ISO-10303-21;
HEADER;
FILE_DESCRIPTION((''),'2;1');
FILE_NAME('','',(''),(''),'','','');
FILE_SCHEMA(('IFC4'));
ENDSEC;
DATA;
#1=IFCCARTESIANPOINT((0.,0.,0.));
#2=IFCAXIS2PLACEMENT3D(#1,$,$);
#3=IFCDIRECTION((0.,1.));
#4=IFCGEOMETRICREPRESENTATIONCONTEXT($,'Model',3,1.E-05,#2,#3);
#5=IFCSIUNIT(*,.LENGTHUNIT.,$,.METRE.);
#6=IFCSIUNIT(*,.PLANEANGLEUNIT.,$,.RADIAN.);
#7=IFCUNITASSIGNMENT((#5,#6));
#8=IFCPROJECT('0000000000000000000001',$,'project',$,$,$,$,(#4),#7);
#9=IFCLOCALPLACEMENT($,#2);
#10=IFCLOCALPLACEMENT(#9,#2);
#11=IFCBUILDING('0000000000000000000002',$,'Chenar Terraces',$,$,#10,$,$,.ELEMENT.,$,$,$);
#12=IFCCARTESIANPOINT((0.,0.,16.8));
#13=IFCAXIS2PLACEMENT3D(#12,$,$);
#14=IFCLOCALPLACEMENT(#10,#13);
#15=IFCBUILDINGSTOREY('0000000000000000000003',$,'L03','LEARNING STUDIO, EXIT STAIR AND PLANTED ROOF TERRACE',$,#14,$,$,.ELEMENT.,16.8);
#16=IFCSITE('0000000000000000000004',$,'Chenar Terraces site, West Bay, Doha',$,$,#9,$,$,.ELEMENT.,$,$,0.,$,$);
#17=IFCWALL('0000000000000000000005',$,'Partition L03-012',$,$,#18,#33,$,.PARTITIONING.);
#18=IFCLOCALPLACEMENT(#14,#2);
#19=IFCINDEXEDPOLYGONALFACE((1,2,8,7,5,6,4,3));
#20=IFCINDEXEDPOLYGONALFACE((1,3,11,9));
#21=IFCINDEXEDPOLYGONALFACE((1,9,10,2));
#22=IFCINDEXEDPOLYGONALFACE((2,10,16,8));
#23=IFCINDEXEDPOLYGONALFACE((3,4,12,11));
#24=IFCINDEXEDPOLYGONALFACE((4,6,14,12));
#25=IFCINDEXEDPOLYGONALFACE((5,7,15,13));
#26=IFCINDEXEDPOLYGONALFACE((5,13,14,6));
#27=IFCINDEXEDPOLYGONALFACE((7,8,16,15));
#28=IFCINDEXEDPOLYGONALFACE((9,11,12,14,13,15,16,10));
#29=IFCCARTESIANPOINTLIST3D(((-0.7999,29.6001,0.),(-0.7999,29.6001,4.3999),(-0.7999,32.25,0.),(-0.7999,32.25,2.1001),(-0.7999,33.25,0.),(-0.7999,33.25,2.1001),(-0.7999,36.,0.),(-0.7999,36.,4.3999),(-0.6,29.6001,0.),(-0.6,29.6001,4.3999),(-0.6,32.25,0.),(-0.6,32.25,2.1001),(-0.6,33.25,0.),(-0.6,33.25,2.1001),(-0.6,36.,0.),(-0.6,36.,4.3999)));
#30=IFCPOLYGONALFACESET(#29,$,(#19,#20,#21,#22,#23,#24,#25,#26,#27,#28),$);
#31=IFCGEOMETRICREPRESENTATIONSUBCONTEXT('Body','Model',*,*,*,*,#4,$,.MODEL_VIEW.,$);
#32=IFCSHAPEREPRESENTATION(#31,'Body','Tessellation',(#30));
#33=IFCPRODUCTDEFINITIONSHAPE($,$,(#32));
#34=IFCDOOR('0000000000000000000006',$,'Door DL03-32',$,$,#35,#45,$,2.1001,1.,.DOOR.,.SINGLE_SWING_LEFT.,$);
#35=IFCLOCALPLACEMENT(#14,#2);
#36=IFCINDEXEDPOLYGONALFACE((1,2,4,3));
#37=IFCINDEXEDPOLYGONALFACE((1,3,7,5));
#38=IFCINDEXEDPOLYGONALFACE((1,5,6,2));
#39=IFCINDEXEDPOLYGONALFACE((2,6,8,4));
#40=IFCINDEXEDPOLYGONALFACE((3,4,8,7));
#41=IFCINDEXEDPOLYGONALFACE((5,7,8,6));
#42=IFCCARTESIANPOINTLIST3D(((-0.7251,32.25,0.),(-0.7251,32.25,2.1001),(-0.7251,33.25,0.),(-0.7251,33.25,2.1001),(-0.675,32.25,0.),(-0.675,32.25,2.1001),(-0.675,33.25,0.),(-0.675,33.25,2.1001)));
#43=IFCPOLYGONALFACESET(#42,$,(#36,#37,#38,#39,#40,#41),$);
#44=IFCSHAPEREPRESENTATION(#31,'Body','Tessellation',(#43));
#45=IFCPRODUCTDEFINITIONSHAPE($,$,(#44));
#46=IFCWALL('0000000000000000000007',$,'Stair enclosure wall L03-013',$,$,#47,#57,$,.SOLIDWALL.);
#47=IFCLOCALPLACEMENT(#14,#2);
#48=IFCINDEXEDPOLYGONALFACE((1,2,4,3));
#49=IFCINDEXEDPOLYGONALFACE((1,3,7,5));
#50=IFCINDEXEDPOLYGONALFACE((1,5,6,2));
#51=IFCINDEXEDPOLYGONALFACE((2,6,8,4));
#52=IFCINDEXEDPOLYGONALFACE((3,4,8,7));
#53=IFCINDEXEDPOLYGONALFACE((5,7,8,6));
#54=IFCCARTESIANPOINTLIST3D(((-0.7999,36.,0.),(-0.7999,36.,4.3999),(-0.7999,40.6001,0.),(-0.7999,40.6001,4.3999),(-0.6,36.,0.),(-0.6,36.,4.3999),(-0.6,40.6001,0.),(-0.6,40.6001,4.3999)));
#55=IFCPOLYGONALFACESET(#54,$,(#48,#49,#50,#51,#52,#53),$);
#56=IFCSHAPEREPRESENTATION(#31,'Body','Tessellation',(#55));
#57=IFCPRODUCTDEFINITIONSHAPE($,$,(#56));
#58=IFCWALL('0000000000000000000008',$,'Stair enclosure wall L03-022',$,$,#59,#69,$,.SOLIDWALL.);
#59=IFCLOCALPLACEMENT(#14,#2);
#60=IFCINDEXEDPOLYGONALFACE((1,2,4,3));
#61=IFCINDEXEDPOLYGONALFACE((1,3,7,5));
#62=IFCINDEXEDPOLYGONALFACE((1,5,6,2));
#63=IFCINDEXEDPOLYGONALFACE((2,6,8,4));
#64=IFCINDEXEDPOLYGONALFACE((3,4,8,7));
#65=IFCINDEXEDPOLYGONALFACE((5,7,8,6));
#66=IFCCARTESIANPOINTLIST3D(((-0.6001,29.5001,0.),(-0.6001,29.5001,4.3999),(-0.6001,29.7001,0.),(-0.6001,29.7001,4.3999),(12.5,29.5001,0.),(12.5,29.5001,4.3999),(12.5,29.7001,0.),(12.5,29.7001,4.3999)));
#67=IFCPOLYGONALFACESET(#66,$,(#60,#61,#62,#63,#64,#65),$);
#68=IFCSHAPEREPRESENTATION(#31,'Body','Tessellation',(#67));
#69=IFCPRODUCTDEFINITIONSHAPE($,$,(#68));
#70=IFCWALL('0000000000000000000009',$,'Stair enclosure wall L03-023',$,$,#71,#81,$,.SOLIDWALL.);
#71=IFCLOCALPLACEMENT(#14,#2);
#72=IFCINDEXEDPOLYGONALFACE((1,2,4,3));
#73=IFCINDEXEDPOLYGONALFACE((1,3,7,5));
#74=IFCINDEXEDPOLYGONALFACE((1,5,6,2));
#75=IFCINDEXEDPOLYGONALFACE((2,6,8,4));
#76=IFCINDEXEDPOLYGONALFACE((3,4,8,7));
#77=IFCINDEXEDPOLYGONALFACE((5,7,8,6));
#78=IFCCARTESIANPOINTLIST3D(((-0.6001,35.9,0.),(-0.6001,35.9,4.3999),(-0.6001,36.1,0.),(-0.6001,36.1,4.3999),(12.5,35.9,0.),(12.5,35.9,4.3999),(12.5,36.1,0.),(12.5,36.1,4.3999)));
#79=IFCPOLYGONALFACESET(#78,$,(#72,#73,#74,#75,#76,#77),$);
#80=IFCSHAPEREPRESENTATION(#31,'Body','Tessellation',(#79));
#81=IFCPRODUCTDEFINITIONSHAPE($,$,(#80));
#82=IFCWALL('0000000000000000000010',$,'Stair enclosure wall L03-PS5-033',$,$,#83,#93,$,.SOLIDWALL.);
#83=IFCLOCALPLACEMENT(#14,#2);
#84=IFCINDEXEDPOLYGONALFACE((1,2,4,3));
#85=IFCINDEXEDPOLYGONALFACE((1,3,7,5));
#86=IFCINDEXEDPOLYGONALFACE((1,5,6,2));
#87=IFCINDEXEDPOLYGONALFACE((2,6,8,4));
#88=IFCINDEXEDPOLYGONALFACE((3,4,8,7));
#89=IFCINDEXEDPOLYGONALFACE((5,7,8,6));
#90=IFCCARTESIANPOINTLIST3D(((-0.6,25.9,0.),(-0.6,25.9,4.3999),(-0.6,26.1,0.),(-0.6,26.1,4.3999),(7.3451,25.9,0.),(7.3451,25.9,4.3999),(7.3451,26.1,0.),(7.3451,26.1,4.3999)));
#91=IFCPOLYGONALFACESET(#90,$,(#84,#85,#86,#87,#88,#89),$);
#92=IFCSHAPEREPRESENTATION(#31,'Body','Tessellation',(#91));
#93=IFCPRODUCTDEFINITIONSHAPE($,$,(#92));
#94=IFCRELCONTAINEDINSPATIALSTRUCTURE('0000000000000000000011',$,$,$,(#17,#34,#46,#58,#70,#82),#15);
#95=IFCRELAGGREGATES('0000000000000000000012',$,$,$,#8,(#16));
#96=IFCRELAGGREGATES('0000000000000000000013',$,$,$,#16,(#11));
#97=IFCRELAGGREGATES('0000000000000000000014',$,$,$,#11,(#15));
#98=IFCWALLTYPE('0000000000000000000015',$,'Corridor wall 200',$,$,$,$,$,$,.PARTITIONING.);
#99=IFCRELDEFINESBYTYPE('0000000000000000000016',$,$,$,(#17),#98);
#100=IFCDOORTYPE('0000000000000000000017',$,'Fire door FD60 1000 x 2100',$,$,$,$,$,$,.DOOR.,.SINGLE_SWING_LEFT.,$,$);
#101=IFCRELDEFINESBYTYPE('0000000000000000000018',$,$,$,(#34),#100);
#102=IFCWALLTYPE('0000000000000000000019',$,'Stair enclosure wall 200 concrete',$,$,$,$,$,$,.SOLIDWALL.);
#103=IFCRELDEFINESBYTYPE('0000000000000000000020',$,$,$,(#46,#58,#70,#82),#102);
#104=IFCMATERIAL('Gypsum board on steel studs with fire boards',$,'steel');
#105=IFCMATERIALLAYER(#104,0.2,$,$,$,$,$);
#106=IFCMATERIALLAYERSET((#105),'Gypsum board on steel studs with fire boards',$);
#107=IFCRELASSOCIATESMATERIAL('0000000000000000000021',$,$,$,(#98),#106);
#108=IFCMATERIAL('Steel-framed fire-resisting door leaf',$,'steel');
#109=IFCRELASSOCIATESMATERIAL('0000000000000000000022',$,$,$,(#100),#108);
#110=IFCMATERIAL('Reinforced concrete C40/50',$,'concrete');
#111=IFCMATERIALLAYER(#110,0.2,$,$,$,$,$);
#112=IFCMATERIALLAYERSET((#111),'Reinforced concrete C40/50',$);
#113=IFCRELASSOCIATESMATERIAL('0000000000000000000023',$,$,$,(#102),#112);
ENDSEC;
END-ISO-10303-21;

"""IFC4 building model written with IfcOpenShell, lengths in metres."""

from ifc_helpers import new_model, si_unit, direction, frame, frame_2d, origin, place, context, subcontext, project, spatial, rectangle, extrude, material, layer, layer_set, type_object, element, fill, save


model = new_model("IFC4")

# Units and contexts
model_context = context("Model", 3, precision=1e-05, world=origin(), true_north=direction((0.0, 1.0)))
body_context = subcontext(model_context, "Body", "Model", "MODEL_VIEW")
ifc_project = project(units=[si_unit("LENGTHUNIT", "METRE"), si_unit("PLANEANGLEUNIT", "RADIAN")], contexts=[model_context])

# Site, building, storey
site_placement = place(None, origin())
site = spatial("IfcSite", under=ifc_project, at=site_placement, Name="Chenar Terraces site, West Bay, Doha", CompositionType="ELEMENT", RefElevation=0.0)
building_placement = place(site_placement, origin())
building = spatial("IfcBuilding", under=site, at=building_placement, Name="Chenar Terraces", CompositionType="ELEMENT")
storey_placement = place(building_placement, frame((0.0, 0.0, 16.8)))
storey = spatial("IfcBuildingStorey", under=building, at=storey_placement, Name="L03", Description="LEARNING STUDIO, EXIT STAIR AND PLANTED ROOF TERRACE", CompositionType="ELEMENT", Elevation=16.8)

# Wall, opening, door
ifc_material_1 = material(Name="Gypsum board on steel studs with fire boards", Category="steel")
ifc_layer_1 = layer(ifc_material_1, 0.2)
ifc_layer_set_1 = layer_set([ifc_layer_1], Name="Gypsum board on steel studs with fire boards")
wall_type_1 = type_object("IfcWallType", Name="Corridor wall 200", PredefinedType="PARTITIONING", material=ifc_layer_set_1)
wall_1_placement = place(storey_placement, frame((-0.7, 29.6001, 0.0), z_axis=(0.0, 0.0, 1.0), x_axis=(0.0, 1.0, 0.0)))
wall_1 = element("IfcWall", 1, at=wall_1_placement, inside=storey, type_object=wall_type_1, Name="Partition L03-012", PredefinedType="PARTITIONING", context=body_context, shape_type="SweptSolid", body=[
    extrude(rectangle(XDim=6.3999, YDim=0.2, at=frame_2d((3.2, 0.0))), origin(), (0.0, 0.0, 1.0), 4.3999),
])
opening_1_placement = place(wall_1_placement, frame((2.6499, 0.0, 0.0)))
opening_1 = element("IfcOpeningElement", 2, at=opening_1_placement, cuts=wall_1, PredefinedType="OPENING", context=body_context, shape_type="SweptSolid", body=[
    extrude(rectangle(XDim=1.0, YDim=2.1001, at=frame_2d((0.5, 1.05))), frame((0.0, 0.1099, 0.0), z_axis=(0.0, -1.0, 0.0), x_axis=(1.0, 0.0, 0.0)), (0.0, 0.0, 1.0), 0.22),
])
ifc_material_2 = material(Name="Steel-framed fire-resisting door leaf", Category="steel")
door_type_1 = type_object("IfcDoorType", Name="Fire door FD60 1000 x 2100", OperationType="SINGLE_SWING_LEFT", PredefinedType="DOOR", material=ifc_material_2)
door_1_placement = place(opening_1_placement, frame((1.0, 0.0, 0.0), z_axis=(0.0, 0.0, 1.0), x_axis=(-1.0, 0.0, 0.0)))
door_1 = element("IfcDoor", 3, at=door_1_placement, inside=storey, type_object=door_type_1, Name="Door DL03-32", OperationType="SINGLE_SWING_LEFT", OverallHeight=2.1001, OverallWidth=1.0, PredefinedType="DOOR", context=body_context, shape_type="SweptSolid", body=[
    extrude(rectangle(XDim=1.0, YDim=2.1001, at=frame_2d((0.5, 1.05))), frame((0.0, 0.0249, 0.0), z_axis=(0.0, -1.0, 0.0), x_axis=(1.0, 0.0, 0.0)), (0.0, 0.0, 1.0), 0.05),
])
fill(opening_1, door_1)

# Walls
ifc_material_3 = material(Name="Reinforced concrete C40/50", Category="concrete")
ifc_layer_2 = layer(ifc_material_3, 0.2)
ifc_layer_set_2 = layer_set([ifc_layer_2], Name="Reinforced concrete C40/50")
wall_type_2 = type_object("IfcWallType", Name="Stair enclosure wall 200 concrete", PredefinedType="SOLIDWALL", material=ifc_layer_set_2)
wall_2_placement = place(storey_placement, frame((-0.7, 36.0, 0.0), z_axis=(0.0, 0.0, 1.0), x_axis=(0.0, 1.0, 0.0)))
element("IfcWall", 4, at=wall_2_placement, inside=storey, type_object=wall_type_2, Name="Stair enclosure wall L03-013", PredefinedType="SOLIDWALL", context=body_context, shape_type="SweptSolid", body=[
    extrude(rectangle(XDim=4.6001, YDim=0.2, at=frame_2d((2.3, 0.0))), origin(), (0.0, 0.0, 1.0), 4.3999),
])
for number, where, z_axis, x_axis, name in (
    (5, (-0.6001, 29.6001, 0.0), (0.0, 0.0, 1.0), (1.0, 0.0, 0.0), "Stair enclosure wall L03-022"),
    (6, (-0.6001, 36.0, 0.0), (0.0, 0.0, 1.0), (1.0, 0.0, 0.0), "Stair enclosure wall L03-023"),
):
    element("IfcWall", number, at=place(storey_placement, frame(where, z_axis=z_axis, x_axis=x_axis)), inside=storey, type_object=wall_type_2, Name=name, PredefinedType="SOLIDWALL", context=body_context, shape_type="SweptSolid", body=[
        extrude(rectangle(XDim=13.1001, YDim=0.2, at=frame_2d((6.55, 0.0))), origin(), (0.0, 0.0, 1.0), 4.3999),
    ])
wall_3_placement = place(storey_placement, frame((-0.6001, 26.0, 0.0), z_axis=(0.0, 0.0, 1.0), x_axis=(1.0, 0.0, 0.0)))
element("IfcWall", 7, at=wall_3_placement, inside=storey, type_object=wall_type_2, Name="Stair enclosure wall L03-PS5-033", PredefinedType="SOLIDWALL", context=body_context, shape_type="SweptSolid", body=[
    extrude(rectangle(XDim=7.9451, YDim=0.2, at=frame_2d((3.9727, 0.0))), origin(), (0.0, 0.0, 1.0), 4.3999),
])

save(model, "model.ifc")
